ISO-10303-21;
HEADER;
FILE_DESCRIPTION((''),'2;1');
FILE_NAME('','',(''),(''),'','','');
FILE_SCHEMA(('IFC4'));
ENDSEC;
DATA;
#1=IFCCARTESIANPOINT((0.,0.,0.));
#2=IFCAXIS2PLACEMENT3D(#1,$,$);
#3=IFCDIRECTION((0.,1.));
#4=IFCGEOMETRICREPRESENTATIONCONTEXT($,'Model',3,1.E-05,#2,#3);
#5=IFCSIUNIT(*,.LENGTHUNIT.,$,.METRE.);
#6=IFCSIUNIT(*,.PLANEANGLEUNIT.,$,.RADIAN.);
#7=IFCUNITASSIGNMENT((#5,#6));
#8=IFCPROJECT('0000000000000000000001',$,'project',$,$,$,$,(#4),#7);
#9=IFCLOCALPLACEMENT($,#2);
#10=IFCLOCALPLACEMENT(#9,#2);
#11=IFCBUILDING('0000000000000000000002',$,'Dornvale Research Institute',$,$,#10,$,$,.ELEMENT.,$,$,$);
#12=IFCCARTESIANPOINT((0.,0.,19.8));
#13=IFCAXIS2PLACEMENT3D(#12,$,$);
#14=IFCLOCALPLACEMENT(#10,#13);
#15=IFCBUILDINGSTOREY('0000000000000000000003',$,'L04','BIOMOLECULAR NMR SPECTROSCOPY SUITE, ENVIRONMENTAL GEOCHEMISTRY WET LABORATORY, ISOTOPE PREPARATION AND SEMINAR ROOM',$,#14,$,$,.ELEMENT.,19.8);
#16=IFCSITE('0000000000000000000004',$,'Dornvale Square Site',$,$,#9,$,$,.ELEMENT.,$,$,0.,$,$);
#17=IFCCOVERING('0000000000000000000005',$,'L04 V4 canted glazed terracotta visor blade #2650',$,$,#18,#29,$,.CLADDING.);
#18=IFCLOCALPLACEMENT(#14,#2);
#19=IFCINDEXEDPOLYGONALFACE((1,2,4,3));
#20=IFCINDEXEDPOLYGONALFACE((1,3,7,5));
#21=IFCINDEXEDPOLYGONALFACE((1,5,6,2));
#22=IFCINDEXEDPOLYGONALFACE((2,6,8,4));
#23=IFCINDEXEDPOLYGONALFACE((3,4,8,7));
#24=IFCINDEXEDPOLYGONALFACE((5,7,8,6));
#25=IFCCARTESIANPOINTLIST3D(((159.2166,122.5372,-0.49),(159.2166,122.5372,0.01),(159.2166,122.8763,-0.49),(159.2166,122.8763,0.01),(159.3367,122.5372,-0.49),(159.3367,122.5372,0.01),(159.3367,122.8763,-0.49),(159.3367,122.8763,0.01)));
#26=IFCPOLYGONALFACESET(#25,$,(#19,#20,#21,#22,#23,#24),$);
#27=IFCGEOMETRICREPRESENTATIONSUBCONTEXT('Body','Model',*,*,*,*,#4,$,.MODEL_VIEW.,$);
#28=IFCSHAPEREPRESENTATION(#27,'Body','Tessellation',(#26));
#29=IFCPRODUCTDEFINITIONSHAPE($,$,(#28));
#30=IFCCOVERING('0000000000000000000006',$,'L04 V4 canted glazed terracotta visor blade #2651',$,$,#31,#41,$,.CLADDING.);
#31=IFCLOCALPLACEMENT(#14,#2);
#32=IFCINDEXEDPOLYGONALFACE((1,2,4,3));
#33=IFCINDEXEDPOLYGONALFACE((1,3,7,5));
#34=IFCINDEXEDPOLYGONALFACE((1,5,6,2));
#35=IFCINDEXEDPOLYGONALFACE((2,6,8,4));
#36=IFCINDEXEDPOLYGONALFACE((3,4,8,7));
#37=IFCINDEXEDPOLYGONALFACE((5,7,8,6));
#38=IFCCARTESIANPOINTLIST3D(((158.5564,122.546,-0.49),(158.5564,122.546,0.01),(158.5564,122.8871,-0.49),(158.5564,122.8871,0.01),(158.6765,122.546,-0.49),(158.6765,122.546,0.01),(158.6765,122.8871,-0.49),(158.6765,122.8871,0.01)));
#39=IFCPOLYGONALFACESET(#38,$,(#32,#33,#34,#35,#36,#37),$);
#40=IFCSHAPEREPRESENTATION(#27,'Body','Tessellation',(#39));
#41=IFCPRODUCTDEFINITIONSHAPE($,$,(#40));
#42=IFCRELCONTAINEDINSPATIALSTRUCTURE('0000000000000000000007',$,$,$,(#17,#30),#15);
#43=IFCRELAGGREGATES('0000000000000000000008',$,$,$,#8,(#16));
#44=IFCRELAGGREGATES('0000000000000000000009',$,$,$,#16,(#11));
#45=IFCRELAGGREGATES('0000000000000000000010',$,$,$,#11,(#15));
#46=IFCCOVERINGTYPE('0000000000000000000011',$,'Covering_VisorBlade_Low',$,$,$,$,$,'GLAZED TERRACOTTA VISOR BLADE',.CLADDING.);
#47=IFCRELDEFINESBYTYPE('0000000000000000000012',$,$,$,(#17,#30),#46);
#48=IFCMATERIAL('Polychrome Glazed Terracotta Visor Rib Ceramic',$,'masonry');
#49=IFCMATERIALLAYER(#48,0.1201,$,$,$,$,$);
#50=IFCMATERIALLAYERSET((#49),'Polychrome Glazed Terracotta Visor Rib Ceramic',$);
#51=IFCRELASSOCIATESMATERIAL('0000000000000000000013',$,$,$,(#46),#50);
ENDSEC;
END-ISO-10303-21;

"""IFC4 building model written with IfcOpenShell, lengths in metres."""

from ifc_helpers import new_model, si_unit, direction, frame, origin, origin_2d, place, context, subcontext, project, spatial, rectangle, extrude, material, layer, layer_set, type_object, element, save


model = new_model("IFC4")

# Units and contexts
model_context = context("Model", 3, precision=1e-05, world=origin(), true_north=direction((0.0, 1.0)))
body_context = subcontext(model_context, "Body", "Model", "MODEL_VIEW")
ifc_project = project(units=[si_unit("LENGTHUNIT", "METRE"), si_unit("PLANEANGLEUNIT", "RADIAN")], contexts=[model_context])

# Site, building, storey
site_placement = place(None, origin())
site = spatial("IfcSite", under=ifc_project, at=site_placement, Name="Dornvale Square Site", CompositionType="ELEMENT", RefElevation=0.0)
building_placement = place(site_placement, origin())
building = spatial("IfcBuilding", under=site, at=building_placement, Name="Dornvale Research Institute", CompositionType="ELEMENT")
storey_placement = place(building_placement, frame((0.0, 0.0, 19.8)))
storey = spatial("IfcBuildingStorey", under=building, at=storey_placement, Name="L04", Description="BIOMOLECULAR NMR SPECTROSCOPY SUITE, ENVIRONMENTAL GEOCHEMISTRY WET LABORATORY, ISOTOPE PREPARATION AND SEMINAR ROOM", CompositionType="ELEMENT", Elevation=19.8)

# Coverings
ifc_material_1 = material(Name="Polychrome Glazed Terracotta Visor Rib Ceramic", Category="masonry")
ifc_layer_1 = layer(ifc_material_1, 0.1201)
ifc_layer_set_1 = layer_set([ifc_layer_1], Name="Polychrome Glazed Terracotta Visor Rib Ceramic")
covering_type = type_object("IfcCoveringType", Name="Covering_VisorBlade_Low", ElementType="GLAZED TERRACOTTA VISOR BLADE", PredefinedType="CLADDING", material=ifc_layer_set_1)
covering_1_placement = place(storey_placement, frame((159.2766, 122.7068, -0.49), z_axis=(0.0, 0.0, 1.0), x_axis=(0.0, 1.0, 0.0)))
element("IfcCovering", 1, at=covering_1_placement, inside=storey, type_object=covering_type, Name="L04 V4 canted glazed terracotta visor blade #2650", PredefinedType="CLADDING", context=body_context, shape_type="SweptSolid", body=[
    extrude(rectangle(XDim=0.3391, YDim=0.1201, at=origin_2d()), origin(), (0.0, 0.0, 1.0), 0.5),
])
covering_2_placement = place(storey_placement, frame((158.6165, 122.7166, -0.49), z_axis=(0.0, 0.0, 1.0), x_axis=(0.0, 1.0, 0.0)))
element("IfcCovering", 2, at=covering_2_placement, inside=storey, type_object=covering_type, Name="L04 V4 canted glazed terracotta visor blade #2651", PredefinedType="CLADDING", context=body_context, shape_type="SweptSolid", body=[
    extrude(rectangle(XDim=0.3411, YDim=0.1201, at=origin_2d()), origin(), (0.0, 0.0, 1.0), 0.5),
])

save(model, "model.ifc")
